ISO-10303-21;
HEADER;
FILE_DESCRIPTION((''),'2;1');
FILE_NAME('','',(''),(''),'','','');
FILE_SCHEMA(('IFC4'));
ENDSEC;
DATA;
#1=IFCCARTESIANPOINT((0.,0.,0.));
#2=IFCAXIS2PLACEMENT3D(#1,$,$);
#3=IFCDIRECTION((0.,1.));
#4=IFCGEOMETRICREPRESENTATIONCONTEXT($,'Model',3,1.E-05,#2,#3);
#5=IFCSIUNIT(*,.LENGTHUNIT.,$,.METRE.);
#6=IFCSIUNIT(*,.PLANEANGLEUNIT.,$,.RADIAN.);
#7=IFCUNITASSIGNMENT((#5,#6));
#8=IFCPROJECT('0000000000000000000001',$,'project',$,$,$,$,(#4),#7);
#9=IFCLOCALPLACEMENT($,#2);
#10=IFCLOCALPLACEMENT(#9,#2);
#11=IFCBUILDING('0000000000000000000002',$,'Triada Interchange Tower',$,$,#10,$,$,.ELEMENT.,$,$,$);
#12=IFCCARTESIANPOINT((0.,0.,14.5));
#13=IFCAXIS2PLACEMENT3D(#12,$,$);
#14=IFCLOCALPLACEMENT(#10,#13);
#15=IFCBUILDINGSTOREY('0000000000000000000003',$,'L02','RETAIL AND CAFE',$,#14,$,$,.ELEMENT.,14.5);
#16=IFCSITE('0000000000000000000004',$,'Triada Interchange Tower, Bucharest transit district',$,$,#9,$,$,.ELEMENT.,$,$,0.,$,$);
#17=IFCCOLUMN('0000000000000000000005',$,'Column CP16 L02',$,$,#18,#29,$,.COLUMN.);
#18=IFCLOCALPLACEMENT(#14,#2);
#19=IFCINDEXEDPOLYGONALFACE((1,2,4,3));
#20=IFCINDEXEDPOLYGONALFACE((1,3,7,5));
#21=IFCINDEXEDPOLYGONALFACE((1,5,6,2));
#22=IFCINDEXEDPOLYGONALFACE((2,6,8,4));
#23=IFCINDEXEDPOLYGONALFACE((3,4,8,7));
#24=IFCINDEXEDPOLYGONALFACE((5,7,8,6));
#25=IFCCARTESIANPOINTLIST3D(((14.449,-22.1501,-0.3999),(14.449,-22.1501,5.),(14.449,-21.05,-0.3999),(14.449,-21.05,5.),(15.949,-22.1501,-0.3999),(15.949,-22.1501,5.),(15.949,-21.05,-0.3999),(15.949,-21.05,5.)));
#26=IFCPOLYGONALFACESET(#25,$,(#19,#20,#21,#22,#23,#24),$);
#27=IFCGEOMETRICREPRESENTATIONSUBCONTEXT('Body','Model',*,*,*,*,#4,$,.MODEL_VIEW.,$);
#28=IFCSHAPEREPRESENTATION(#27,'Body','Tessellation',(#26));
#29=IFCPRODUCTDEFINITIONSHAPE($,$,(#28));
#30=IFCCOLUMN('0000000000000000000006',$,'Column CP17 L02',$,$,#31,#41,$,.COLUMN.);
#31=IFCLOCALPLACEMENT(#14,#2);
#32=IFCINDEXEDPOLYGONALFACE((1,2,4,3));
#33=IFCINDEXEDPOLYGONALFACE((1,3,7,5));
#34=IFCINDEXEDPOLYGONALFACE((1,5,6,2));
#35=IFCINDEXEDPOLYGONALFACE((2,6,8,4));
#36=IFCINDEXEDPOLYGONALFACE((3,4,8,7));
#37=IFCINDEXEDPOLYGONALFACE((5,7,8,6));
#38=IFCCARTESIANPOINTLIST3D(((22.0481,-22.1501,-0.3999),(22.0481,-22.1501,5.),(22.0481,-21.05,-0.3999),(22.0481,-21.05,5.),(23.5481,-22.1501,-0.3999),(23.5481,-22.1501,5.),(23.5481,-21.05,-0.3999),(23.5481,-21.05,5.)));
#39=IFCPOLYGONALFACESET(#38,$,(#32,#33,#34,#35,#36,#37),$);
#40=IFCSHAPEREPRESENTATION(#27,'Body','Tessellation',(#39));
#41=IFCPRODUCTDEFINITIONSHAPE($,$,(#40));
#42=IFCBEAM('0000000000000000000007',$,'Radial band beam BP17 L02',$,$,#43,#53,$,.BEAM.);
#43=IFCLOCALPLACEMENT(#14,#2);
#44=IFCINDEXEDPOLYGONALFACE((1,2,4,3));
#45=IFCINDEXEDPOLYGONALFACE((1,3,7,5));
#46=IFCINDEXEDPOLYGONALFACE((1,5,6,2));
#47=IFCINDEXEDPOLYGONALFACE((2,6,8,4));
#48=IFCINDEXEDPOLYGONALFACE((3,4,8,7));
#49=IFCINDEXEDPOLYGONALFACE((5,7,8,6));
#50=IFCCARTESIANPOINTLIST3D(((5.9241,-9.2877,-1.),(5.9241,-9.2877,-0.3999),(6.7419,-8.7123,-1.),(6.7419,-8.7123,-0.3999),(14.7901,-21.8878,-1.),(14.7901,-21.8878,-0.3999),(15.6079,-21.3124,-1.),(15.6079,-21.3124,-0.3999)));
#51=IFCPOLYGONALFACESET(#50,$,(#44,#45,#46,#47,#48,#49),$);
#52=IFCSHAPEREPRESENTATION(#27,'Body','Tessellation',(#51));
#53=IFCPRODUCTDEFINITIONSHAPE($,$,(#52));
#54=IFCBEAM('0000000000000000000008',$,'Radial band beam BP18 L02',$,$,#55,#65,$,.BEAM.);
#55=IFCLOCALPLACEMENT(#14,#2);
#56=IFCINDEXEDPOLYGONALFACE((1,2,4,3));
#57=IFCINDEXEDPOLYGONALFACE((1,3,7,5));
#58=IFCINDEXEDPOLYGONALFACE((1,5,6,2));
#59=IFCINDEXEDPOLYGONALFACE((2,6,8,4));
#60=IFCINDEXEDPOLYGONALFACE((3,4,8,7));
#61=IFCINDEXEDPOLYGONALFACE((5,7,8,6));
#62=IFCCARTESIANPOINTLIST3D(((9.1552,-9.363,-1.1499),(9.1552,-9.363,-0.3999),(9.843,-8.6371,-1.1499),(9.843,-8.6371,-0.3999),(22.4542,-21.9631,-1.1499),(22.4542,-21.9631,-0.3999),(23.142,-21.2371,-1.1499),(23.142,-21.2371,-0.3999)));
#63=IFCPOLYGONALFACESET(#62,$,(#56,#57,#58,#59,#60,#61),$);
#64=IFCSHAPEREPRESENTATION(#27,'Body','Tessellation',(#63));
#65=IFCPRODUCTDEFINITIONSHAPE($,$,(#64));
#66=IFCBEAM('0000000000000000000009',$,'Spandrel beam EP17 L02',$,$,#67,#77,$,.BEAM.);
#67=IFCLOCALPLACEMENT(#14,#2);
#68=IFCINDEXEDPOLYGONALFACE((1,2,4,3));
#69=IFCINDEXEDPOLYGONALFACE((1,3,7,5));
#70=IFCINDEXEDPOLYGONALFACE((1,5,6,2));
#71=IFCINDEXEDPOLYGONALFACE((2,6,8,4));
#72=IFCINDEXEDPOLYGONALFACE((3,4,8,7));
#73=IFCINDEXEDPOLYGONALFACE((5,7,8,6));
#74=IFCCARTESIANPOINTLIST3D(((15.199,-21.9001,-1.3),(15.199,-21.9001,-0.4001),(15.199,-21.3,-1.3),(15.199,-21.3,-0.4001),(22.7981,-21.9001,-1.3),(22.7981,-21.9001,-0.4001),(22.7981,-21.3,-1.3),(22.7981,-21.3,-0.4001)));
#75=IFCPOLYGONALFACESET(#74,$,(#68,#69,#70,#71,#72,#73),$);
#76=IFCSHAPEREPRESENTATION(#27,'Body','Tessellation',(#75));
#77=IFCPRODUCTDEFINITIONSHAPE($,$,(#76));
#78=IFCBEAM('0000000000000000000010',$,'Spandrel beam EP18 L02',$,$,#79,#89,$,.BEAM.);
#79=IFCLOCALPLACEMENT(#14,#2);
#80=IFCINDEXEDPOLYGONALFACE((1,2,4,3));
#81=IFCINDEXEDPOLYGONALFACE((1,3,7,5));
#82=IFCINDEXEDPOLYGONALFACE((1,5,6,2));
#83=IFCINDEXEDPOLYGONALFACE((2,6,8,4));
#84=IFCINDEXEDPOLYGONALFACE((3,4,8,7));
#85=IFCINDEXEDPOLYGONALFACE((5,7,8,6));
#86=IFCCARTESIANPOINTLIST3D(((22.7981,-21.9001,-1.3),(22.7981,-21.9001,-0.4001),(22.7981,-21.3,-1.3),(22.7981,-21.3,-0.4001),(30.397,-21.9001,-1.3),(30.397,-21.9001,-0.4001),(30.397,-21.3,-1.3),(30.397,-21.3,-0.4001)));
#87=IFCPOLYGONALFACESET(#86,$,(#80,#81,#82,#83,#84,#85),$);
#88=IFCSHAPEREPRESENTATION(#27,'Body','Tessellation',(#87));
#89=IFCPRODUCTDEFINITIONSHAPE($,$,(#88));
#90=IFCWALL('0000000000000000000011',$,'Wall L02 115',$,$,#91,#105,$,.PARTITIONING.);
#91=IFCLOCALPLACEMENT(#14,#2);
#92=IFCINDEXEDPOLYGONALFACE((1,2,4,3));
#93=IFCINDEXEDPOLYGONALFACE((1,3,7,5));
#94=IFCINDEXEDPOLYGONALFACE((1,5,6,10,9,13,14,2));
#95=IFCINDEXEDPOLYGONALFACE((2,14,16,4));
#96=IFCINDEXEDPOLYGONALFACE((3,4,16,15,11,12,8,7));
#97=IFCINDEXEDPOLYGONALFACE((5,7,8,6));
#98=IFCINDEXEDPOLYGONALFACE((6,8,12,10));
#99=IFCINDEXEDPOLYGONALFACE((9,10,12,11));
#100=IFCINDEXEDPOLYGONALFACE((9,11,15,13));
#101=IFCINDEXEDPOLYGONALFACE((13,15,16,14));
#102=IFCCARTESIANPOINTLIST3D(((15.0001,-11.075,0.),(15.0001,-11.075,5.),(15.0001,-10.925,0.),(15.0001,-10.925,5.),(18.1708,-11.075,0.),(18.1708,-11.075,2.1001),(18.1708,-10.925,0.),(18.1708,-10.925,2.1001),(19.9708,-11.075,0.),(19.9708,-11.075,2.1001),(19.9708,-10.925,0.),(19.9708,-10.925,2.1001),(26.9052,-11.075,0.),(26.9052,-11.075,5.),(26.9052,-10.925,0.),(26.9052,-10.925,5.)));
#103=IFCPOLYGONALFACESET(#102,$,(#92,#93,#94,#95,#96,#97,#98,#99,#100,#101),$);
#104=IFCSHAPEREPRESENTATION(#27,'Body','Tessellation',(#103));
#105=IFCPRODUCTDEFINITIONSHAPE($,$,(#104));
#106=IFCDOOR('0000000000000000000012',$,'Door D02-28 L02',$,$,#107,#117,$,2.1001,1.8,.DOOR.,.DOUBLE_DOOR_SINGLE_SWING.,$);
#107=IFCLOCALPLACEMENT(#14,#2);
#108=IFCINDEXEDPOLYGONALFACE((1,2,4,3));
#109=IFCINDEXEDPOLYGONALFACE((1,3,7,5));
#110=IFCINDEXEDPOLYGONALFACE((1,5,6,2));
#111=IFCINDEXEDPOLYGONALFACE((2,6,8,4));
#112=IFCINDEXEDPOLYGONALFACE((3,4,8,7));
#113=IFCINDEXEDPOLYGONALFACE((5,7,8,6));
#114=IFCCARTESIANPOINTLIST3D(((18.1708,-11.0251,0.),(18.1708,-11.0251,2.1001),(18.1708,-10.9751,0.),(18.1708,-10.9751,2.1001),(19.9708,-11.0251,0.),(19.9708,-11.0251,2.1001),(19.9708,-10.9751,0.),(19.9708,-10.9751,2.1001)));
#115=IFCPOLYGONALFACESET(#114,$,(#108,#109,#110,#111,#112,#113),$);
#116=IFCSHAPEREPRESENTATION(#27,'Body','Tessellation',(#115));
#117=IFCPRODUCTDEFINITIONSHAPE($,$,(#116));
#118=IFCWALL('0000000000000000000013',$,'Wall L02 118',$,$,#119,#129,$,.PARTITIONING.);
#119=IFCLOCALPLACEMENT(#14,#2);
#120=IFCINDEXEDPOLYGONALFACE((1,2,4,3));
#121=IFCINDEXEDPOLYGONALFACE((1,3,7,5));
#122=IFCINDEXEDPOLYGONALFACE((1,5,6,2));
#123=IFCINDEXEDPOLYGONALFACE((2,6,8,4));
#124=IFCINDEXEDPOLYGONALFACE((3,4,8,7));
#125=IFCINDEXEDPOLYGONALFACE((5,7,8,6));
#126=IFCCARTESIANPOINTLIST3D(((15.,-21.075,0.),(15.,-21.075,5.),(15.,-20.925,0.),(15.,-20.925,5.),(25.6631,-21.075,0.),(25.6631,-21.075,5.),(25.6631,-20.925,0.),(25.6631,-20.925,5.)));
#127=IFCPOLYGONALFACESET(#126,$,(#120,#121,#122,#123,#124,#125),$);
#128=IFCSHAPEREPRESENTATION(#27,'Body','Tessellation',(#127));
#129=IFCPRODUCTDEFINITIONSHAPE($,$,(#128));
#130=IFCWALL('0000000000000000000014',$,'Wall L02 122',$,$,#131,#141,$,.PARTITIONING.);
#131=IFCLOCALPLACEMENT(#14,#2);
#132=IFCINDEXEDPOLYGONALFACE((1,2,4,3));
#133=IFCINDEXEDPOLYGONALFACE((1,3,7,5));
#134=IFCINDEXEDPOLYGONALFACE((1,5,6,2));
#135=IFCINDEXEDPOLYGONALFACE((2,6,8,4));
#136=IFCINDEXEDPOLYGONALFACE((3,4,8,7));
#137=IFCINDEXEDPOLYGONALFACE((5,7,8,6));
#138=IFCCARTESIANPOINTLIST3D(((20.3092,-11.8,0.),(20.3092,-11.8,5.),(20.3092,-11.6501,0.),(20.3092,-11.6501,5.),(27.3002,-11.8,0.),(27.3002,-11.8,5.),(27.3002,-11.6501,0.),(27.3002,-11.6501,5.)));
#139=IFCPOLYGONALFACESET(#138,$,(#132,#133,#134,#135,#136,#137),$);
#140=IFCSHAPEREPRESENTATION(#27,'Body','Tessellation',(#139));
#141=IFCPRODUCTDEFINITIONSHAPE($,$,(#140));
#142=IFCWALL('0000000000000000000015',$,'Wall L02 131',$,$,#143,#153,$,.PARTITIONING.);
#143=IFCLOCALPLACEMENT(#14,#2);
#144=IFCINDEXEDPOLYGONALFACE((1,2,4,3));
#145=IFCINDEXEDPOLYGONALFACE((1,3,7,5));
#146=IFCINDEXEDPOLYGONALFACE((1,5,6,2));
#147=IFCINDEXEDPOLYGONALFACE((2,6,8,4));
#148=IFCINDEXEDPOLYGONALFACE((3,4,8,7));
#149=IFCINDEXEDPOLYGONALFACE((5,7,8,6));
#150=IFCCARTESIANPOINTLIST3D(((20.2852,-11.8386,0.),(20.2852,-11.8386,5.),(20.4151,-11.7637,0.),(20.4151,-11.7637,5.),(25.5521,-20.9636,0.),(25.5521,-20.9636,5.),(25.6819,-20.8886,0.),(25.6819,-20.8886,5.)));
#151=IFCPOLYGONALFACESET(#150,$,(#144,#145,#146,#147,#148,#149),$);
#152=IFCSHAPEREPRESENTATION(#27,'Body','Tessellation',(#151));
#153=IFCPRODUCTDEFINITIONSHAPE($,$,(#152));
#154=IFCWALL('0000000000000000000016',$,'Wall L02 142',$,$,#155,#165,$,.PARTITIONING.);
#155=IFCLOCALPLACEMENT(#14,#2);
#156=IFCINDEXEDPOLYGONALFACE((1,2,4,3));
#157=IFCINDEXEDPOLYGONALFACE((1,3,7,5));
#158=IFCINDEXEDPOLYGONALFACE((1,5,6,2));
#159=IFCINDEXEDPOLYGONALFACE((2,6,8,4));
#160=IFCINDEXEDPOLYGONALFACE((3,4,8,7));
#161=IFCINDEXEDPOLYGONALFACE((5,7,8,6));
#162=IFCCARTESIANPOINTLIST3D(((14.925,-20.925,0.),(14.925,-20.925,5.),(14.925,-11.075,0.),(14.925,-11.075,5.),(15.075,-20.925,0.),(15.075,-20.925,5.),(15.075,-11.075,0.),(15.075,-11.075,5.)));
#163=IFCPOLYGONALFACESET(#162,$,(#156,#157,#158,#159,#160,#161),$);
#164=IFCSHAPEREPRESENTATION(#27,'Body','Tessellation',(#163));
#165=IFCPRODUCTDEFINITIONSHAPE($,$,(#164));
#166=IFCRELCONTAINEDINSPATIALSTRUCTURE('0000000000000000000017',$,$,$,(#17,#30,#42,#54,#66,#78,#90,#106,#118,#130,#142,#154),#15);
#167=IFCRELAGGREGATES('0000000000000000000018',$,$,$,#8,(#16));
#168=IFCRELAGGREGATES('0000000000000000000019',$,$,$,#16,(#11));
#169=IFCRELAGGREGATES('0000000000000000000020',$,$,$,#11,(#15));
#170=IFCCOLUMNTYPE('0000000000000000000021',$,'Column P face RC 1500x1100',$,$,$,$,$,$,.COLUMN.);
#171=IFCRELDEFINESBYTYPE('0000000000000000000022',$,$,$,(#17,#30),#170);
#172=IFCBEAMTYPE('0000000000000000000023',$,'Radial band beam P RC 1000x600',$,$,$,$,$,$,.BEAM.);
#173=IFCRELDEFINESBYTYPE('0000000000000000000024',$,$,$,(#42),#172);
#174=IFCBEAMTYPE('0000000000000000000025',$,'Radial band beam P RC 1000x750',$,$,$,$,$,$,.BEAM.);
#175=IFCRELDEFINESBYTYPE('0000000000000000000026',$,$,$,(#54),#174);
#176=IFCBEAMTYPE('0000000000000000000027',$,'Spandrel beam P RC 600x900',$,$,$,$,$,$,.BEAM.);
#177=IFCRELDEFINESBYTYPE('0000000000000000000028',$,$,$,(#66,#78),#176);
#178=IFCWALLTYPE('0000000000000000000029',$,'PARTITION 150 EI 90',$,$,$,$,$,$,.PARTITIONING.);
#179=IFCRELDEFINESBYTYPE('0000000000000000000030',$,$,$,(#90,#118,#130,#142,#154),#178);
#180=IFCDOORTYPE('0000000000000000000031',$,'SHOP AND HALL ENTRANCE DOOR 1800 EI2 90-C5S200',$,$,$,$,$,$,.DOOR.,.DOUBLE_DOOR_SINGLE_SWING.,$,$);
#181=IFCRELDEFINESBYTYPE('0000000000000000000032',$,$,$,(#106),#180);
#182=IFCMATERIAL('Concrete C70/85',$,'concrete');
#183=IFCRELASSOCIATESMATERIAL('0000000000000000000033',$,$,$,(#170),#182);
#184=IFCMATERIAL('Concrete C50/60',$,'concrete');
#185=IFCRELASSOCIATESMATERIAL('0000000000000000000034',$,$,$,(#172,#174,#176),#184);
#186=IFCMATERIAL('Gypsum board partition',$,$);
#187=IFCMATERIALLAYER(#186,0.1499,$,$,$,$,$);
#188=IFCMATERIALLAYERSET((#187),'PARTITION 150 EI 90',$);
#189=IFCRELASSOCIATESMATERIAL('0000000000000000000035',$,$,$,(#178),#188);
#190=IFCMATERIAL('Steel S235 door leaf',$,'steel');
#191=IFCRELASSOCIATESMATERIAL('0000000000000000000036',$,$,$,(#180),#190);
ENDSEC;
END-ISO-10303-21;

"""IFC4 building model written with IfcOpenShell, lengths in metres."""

from ifc_helpers import new_model, si_unit, direction, frame, frame_2d, origin, origin_2d, place, context, subcontext, project, spatial, rectangle, extrude, material, layer, layer_set, material_profile, profile_set, type_object, element, fill, save


model = new_model("IFC4")

# Units and contexts
model_context = context("Model", 3, precision=1e-05, world=origin(), true_north=direction((0.0, 1.0)))
body_context = subcontext(model_context, "Body", "Model", "MODEL_VIEW")
ifc_project = project(units=[si_unit("LENGTHUNIT", "METRE"), si_unit("PLANEANGLEUNIT", "RADIAN")], contexts=[model_context])

# Site, building, storey
site_placement = place(None, origin())
site = spatial("IfcSite", under=ifc_project, at=site_placement, Name="Triada Interchange Tower, Bucharest transit district", CompositionType="ELEMENT", RefElevation=0.0)
building_placement = place(site_placement, origin())
building = spatial("IfcBuilding", under=site, at=building_placement, Name="Triada Interchange Tower", CompositionType="ELEMENT")
storey_placement = place(building_placement, frame((0.0, 0.0, 14.5)))
storey = spatial("IfcBuildingStorey", under=building, at=storey_placement, Name="L02", Description="RETAIL AND CAFE", CompositionType="ELEMENT", Elevation=14.5)

# Columns
ifc_material_1 = material(Name="Concrete C70/85", Category="concrete")
ifc_material_profile_1 = material_profile(ifc_material_1, rectangle(XDim=1.5, YDim=1.1001, at=origin_2d()), Name="RC 1500x1100")
ifc_profile_set_1 = profile_set([ifc_material_profile_1], Name="Concrete C70/85")
column_type = type_object("IfcColumnType", Name="Column P face RC 1500x1100", PredefinedType="COLUMN", material=ifc_profile_set_1)
for number, where, z_axis, x_axis, name in (
    (1, (15.199, -21.6001, -0.3999), (0.0, 0.0, 1.0), (1.0, 0.0, 0.0), "Column CP16 L02"),
    (2, (22.7981, -21.6001, -0.3999), (0.0, 0.0, 1.0), (1.0, 0.0, 0.0), "Column CP17 L02"),
):
    element("IfcColumn", number, at=place(storey_placement, frame(where, z_axis=z_axis, x_axis=x_axis)), inside=storey, type_object=column_type, Name=name, PredefinedType="COLUMN", context=body_context, shape_type="SweptSolid", body=[
        extrude(rectangle(XDim=1.5, YDim=1.1001, at=origin_2d()), origin(), (0.0, 0.0, 1.0), 5.3999),
    ])

# Beams
ifc_material_2 = material(Name="Concrete C50/60", Category="concrete")
ifc_material_profile_2 = material_profile(ifc_material_2, rectangle(XDim=1.0, YDim=0.6001, at=origin_2d()), Name="RC 1000x600")
ifc_profile_set_2 = profile_set([ifc_material_profile_2], Name="Concrete C50/60")
beam_type_1 = type_object("IfcBeamType", Name="Radial band beam P RC 1000x600", PredefinedType="BEAM", material=ifc_profile_set_2)
beam_1_placement = place(storey_placement, frame((15.199, -21.6001, -0.7), z_axis=(-0.57546, 0.81783, 0.0), x_axis=(-0.81783, -0.57546, 0.0)))
element("IfcBeam", 3, at=beam_1_placement, inside=storey, type_object=beam_type_1, Name="Radial band beam BP17 L02", PredefinedType="BEAM", context=body_context, shape_type="SweptSolid", body=[
    extrude(rectangle(XDim=1.0, YDim=0.6001, at=origin_2d()), origin(), (0.0, 0.0, 1.0), 15.4067),
])
ifc_material_profile_3 = material_profile(ifc_material_2, rectangle(XDim=1.0, YDim=0.75, at=origin_2d()), Name="RC 1000x750")
ifc_profile_set_3 = profile_set([ifc_material_profile_3], Name="Concrete C50/60")
beam_type_2 = type_object("IfcBeamType", Name="Radial band beam P RC 1000x750", PredefinedType="BEAM", material=ifc_profile_set_3)
beam_2_placement = place(storey_placement, frame((22.7981, -21.6001, -0.7749), z_axis=(-0.725926, 0.687773, 0.0), x_axis=(-0.687773, -0.725926, 0.0)))
element("IfcBeam", 4, at=beam_2_placement, inside=storey, type_object=beam_type_2, Name="Radial band beam BP18 L02", PredefinedType="BEAM", context=body_context, shape_type="SweptSolid", body=[
    extrude(rectangle(XDim=1.0, YDim=0.75, at=origin_2d()), origin(), (0.0, 0.0, 1.0), 18.3201),
])
ifc_material_profile_4 = material_profile(ifc_material_2, rectangle(XDim=0.6001, YDim=0.8999, at=origin_2d()), Name="RC 600x900")
ifc_profile_set_4 = profile_set([ifc_material_profile_4], Name="Concrete C50/60")
beam_type_3 = type_object("IfcBeamType", Name="Spandrel beam P RC 600x900", PredefinedType="BEAM", material=ifc_profile_set_4)
beam_3_placement = place(storey_placement, frame((15.199, -21.6001, -0.8501), z_axis=(1.0, 0.0, 0.0), x_axis=(0.0, 1.0, 0.0)))
element("IfcBeam", 5, at=beam_3_placement, inside=storey, type_object=beam_type_3, Name="Spandrel beam EP17 L02", PredefinedType="BEAM", context=body_context, shape_type="SweptSolid", body=[
    extrude(rectangle(XDim=0.6001, YDim=0.8999, at=origin_2d()), origin(), (0.0, 0.0, 1.0), 7.5991),
])
beam_4_placement = place(storey_placement, frame((22.7981, -21.6001, -0.8501), z_axis=(1.0, 0.0, 0.0), x_axis=(0.0, 1.0, 0.0)))
element("IfcBeam", 6, at=beam_4_placement, inside=storey, type_object=beam_type_3, Name="Spandrel beam EP18 L02", PredefinedType="BEAM", context=body_context, shape_type="SweptSolid", body=[
    extrude(rectangle(XDim=0.6001, YDim=0.8999, at=origin_2d()), origin(), (0.0, 0.0, 1.0), 7.5989),
])

# Wall, opening, door
ifc_material_3 = material(Name="Steel S235 door leaf", Category="steel")
ifc_material_4 = material(Name="Gypsum board partition")
ifc_layer_1 = layer(ifc_material_4, 0.1499)
ifc_layer_set_1 = layer_set([ifc_layer_1], Name="PARTITION 150 EI 90")
wall_type_1 = type_object("IfcWallType", Name="PARTITION 150 EI 90", PredefinedType="PARTITIONING", material=ifc_layer_set_1)
wall_1_placement = place(storey_placement, frame((15.0, -11.0, 0.0), z_axis=(0.0, 0.0, 1.0), x_axis=(1.0, 0.0, 0.0)))
wall_1 = element("IfcWall", 7, at=wall_1_placement, inside=storey, type_object=wall_type_1, Name="Wall L02 115", PredefinedType="PARTITIONING", context=body_context, shape_type="SweptSolid", body=[
    extrude(rectangle(XDim=11.905, YDim=0.1499, at=frame_2d((5.9526, 0.0))), origin(), (0.0, 0.0, 1.0), 5.0),
])
opening_1_placement = place(wall_1_placement, frame((3.1709, 0.0, 0.0)))
opening_1 = element("IfcOpeningElement", 8, at=opening_1_placement, cuts=wall_1, PredefinedType="OPENING", context=body_context, shape_type="SweptSolid", body=[
    extrude(rectangle(XDim=1.8, YDim=2.1001, at=frame_2d((0.8999, 1.05))), frame((0.0, 0.085, 0.0), z_axis=(0.0, -1.0, 0.0), x_axis=(1.0, 0.0, 0.0)), (0.0, 0.0, 1.0), 0.1699),
])
door_type_1 = type_object("IfcDoorType", Name="SHOP AND HALL ENTRANCE DOOR 1800 EI2 90-C5S200", OperationType="DOUBLE_DOOR_SINGLE_SWING", PredefinedType="DOOR", material=ifc_material_3)
door_1_placement = place(opening_1_placement, origin())
door_1 = element("IfcDoor", 9, at=door_1_placement, inside=storey, type_object=door_type_1, Name="Door D02-28 L02", OperationType="DOUBLE_DOOR_SINGLE_SWING", OverallHeight=2.1001, OverallWidth=1.8, PredefinedType="DOOR", context=body_context, shape_type="SweptSolid", body=[
    extrude(rectangle(XDim=1.8, YDim=2.1001, at=frame_2d((0.8999, 1.05))), frame((0.0, 0.0249, 0.0), z_axis=(0.0, -1.0, 0.0), x_axis=(1.0, 0.0, 0.0)), (0.0, 0.0, 1.0), 0.05),
])
fill(opening_1, door_1)

# Walls
wall_2_placement = place(storey_placement, frame((15.0, -21.0, 0.0), z_axis=(0.0, 0.0, 1.0), x_axis=(1.0, 0.0, 0.0)))
element("IfcWall", 10, at=wall_2_placement, inside=storey, type_object=wall_type_1, Name="Wall L02 118", PredefinedType="PARTITIONING", context=body_context, shape_type="SweptSolid", body=[
    extrude(rectangle(XDim=10.6631, YDim=0.1499, at=frame_2d((5.3315, 0.0))), origin(), (0.0, 0.0, 1.0), 5.0),
])
wall_3_placement = place(storey_placement, frame((20.3091, -11.7251, 0.0), z_axis=(0.0, 0.0, 1.0), x_axis=(1.0, 0.0, 0.0)))
element("IfcWall", 11, at=wall_3_placement, inside=storey, type_object=wall_type_1, Name="Wall L02 122", PredefinedType="PARTITIONING", context=body_context, shape_type="SweptSolid", body=[
    extrude(rectangle(XDim=6.991, YDim=0.1499, at=frame_2d((3.4956, 0.0))), origin(), (0.0, 0.0, 1.0), 5.0),
])
wall_4_placement = place(storey_placement, frame((20.3501, -11.801, 0.0), z_axis=(0.0, 0.0, 1.0), x_axis=(0.499895, -0.866086, 0.0)))
element("IfcWall", 12, at=wall_4_placement, inside=storey, type_object=wall_type_1, Name="Wall L02 131", PredefinedType="PARTITIONING", context=body_context, shape_type="SweptSolid", body=[
    extrude(rectangle(XDim=10.5359, YDim=0.1499, at=frame_2d((5.2681, 0.0))), origin(), (0.0, 0.0, 1.0), 5.0),
])
wall_5_placement = place(storey_placement, frame((15.0, -20.925, 0.0), z_axis=(0.0, 0.0, 1.0), x_axis=(0.0, 1.0, 0.0)))
element("IfcWall", 13, at=wall_5_placement, inside=storey, type_object=wall_type_1, Name="Wall L02 142", PredefinedType="PARTITIONING", context=body_context, shape_type="SweptSolid", body=[
    extrude(rectangle(XDim=9.8501, YDim=0.1499, at=frame_2d((4.925, 0.0))), origin(), (0.0, 0.0, 1.0), 5.0),
])

save(model, "model.ifc")
